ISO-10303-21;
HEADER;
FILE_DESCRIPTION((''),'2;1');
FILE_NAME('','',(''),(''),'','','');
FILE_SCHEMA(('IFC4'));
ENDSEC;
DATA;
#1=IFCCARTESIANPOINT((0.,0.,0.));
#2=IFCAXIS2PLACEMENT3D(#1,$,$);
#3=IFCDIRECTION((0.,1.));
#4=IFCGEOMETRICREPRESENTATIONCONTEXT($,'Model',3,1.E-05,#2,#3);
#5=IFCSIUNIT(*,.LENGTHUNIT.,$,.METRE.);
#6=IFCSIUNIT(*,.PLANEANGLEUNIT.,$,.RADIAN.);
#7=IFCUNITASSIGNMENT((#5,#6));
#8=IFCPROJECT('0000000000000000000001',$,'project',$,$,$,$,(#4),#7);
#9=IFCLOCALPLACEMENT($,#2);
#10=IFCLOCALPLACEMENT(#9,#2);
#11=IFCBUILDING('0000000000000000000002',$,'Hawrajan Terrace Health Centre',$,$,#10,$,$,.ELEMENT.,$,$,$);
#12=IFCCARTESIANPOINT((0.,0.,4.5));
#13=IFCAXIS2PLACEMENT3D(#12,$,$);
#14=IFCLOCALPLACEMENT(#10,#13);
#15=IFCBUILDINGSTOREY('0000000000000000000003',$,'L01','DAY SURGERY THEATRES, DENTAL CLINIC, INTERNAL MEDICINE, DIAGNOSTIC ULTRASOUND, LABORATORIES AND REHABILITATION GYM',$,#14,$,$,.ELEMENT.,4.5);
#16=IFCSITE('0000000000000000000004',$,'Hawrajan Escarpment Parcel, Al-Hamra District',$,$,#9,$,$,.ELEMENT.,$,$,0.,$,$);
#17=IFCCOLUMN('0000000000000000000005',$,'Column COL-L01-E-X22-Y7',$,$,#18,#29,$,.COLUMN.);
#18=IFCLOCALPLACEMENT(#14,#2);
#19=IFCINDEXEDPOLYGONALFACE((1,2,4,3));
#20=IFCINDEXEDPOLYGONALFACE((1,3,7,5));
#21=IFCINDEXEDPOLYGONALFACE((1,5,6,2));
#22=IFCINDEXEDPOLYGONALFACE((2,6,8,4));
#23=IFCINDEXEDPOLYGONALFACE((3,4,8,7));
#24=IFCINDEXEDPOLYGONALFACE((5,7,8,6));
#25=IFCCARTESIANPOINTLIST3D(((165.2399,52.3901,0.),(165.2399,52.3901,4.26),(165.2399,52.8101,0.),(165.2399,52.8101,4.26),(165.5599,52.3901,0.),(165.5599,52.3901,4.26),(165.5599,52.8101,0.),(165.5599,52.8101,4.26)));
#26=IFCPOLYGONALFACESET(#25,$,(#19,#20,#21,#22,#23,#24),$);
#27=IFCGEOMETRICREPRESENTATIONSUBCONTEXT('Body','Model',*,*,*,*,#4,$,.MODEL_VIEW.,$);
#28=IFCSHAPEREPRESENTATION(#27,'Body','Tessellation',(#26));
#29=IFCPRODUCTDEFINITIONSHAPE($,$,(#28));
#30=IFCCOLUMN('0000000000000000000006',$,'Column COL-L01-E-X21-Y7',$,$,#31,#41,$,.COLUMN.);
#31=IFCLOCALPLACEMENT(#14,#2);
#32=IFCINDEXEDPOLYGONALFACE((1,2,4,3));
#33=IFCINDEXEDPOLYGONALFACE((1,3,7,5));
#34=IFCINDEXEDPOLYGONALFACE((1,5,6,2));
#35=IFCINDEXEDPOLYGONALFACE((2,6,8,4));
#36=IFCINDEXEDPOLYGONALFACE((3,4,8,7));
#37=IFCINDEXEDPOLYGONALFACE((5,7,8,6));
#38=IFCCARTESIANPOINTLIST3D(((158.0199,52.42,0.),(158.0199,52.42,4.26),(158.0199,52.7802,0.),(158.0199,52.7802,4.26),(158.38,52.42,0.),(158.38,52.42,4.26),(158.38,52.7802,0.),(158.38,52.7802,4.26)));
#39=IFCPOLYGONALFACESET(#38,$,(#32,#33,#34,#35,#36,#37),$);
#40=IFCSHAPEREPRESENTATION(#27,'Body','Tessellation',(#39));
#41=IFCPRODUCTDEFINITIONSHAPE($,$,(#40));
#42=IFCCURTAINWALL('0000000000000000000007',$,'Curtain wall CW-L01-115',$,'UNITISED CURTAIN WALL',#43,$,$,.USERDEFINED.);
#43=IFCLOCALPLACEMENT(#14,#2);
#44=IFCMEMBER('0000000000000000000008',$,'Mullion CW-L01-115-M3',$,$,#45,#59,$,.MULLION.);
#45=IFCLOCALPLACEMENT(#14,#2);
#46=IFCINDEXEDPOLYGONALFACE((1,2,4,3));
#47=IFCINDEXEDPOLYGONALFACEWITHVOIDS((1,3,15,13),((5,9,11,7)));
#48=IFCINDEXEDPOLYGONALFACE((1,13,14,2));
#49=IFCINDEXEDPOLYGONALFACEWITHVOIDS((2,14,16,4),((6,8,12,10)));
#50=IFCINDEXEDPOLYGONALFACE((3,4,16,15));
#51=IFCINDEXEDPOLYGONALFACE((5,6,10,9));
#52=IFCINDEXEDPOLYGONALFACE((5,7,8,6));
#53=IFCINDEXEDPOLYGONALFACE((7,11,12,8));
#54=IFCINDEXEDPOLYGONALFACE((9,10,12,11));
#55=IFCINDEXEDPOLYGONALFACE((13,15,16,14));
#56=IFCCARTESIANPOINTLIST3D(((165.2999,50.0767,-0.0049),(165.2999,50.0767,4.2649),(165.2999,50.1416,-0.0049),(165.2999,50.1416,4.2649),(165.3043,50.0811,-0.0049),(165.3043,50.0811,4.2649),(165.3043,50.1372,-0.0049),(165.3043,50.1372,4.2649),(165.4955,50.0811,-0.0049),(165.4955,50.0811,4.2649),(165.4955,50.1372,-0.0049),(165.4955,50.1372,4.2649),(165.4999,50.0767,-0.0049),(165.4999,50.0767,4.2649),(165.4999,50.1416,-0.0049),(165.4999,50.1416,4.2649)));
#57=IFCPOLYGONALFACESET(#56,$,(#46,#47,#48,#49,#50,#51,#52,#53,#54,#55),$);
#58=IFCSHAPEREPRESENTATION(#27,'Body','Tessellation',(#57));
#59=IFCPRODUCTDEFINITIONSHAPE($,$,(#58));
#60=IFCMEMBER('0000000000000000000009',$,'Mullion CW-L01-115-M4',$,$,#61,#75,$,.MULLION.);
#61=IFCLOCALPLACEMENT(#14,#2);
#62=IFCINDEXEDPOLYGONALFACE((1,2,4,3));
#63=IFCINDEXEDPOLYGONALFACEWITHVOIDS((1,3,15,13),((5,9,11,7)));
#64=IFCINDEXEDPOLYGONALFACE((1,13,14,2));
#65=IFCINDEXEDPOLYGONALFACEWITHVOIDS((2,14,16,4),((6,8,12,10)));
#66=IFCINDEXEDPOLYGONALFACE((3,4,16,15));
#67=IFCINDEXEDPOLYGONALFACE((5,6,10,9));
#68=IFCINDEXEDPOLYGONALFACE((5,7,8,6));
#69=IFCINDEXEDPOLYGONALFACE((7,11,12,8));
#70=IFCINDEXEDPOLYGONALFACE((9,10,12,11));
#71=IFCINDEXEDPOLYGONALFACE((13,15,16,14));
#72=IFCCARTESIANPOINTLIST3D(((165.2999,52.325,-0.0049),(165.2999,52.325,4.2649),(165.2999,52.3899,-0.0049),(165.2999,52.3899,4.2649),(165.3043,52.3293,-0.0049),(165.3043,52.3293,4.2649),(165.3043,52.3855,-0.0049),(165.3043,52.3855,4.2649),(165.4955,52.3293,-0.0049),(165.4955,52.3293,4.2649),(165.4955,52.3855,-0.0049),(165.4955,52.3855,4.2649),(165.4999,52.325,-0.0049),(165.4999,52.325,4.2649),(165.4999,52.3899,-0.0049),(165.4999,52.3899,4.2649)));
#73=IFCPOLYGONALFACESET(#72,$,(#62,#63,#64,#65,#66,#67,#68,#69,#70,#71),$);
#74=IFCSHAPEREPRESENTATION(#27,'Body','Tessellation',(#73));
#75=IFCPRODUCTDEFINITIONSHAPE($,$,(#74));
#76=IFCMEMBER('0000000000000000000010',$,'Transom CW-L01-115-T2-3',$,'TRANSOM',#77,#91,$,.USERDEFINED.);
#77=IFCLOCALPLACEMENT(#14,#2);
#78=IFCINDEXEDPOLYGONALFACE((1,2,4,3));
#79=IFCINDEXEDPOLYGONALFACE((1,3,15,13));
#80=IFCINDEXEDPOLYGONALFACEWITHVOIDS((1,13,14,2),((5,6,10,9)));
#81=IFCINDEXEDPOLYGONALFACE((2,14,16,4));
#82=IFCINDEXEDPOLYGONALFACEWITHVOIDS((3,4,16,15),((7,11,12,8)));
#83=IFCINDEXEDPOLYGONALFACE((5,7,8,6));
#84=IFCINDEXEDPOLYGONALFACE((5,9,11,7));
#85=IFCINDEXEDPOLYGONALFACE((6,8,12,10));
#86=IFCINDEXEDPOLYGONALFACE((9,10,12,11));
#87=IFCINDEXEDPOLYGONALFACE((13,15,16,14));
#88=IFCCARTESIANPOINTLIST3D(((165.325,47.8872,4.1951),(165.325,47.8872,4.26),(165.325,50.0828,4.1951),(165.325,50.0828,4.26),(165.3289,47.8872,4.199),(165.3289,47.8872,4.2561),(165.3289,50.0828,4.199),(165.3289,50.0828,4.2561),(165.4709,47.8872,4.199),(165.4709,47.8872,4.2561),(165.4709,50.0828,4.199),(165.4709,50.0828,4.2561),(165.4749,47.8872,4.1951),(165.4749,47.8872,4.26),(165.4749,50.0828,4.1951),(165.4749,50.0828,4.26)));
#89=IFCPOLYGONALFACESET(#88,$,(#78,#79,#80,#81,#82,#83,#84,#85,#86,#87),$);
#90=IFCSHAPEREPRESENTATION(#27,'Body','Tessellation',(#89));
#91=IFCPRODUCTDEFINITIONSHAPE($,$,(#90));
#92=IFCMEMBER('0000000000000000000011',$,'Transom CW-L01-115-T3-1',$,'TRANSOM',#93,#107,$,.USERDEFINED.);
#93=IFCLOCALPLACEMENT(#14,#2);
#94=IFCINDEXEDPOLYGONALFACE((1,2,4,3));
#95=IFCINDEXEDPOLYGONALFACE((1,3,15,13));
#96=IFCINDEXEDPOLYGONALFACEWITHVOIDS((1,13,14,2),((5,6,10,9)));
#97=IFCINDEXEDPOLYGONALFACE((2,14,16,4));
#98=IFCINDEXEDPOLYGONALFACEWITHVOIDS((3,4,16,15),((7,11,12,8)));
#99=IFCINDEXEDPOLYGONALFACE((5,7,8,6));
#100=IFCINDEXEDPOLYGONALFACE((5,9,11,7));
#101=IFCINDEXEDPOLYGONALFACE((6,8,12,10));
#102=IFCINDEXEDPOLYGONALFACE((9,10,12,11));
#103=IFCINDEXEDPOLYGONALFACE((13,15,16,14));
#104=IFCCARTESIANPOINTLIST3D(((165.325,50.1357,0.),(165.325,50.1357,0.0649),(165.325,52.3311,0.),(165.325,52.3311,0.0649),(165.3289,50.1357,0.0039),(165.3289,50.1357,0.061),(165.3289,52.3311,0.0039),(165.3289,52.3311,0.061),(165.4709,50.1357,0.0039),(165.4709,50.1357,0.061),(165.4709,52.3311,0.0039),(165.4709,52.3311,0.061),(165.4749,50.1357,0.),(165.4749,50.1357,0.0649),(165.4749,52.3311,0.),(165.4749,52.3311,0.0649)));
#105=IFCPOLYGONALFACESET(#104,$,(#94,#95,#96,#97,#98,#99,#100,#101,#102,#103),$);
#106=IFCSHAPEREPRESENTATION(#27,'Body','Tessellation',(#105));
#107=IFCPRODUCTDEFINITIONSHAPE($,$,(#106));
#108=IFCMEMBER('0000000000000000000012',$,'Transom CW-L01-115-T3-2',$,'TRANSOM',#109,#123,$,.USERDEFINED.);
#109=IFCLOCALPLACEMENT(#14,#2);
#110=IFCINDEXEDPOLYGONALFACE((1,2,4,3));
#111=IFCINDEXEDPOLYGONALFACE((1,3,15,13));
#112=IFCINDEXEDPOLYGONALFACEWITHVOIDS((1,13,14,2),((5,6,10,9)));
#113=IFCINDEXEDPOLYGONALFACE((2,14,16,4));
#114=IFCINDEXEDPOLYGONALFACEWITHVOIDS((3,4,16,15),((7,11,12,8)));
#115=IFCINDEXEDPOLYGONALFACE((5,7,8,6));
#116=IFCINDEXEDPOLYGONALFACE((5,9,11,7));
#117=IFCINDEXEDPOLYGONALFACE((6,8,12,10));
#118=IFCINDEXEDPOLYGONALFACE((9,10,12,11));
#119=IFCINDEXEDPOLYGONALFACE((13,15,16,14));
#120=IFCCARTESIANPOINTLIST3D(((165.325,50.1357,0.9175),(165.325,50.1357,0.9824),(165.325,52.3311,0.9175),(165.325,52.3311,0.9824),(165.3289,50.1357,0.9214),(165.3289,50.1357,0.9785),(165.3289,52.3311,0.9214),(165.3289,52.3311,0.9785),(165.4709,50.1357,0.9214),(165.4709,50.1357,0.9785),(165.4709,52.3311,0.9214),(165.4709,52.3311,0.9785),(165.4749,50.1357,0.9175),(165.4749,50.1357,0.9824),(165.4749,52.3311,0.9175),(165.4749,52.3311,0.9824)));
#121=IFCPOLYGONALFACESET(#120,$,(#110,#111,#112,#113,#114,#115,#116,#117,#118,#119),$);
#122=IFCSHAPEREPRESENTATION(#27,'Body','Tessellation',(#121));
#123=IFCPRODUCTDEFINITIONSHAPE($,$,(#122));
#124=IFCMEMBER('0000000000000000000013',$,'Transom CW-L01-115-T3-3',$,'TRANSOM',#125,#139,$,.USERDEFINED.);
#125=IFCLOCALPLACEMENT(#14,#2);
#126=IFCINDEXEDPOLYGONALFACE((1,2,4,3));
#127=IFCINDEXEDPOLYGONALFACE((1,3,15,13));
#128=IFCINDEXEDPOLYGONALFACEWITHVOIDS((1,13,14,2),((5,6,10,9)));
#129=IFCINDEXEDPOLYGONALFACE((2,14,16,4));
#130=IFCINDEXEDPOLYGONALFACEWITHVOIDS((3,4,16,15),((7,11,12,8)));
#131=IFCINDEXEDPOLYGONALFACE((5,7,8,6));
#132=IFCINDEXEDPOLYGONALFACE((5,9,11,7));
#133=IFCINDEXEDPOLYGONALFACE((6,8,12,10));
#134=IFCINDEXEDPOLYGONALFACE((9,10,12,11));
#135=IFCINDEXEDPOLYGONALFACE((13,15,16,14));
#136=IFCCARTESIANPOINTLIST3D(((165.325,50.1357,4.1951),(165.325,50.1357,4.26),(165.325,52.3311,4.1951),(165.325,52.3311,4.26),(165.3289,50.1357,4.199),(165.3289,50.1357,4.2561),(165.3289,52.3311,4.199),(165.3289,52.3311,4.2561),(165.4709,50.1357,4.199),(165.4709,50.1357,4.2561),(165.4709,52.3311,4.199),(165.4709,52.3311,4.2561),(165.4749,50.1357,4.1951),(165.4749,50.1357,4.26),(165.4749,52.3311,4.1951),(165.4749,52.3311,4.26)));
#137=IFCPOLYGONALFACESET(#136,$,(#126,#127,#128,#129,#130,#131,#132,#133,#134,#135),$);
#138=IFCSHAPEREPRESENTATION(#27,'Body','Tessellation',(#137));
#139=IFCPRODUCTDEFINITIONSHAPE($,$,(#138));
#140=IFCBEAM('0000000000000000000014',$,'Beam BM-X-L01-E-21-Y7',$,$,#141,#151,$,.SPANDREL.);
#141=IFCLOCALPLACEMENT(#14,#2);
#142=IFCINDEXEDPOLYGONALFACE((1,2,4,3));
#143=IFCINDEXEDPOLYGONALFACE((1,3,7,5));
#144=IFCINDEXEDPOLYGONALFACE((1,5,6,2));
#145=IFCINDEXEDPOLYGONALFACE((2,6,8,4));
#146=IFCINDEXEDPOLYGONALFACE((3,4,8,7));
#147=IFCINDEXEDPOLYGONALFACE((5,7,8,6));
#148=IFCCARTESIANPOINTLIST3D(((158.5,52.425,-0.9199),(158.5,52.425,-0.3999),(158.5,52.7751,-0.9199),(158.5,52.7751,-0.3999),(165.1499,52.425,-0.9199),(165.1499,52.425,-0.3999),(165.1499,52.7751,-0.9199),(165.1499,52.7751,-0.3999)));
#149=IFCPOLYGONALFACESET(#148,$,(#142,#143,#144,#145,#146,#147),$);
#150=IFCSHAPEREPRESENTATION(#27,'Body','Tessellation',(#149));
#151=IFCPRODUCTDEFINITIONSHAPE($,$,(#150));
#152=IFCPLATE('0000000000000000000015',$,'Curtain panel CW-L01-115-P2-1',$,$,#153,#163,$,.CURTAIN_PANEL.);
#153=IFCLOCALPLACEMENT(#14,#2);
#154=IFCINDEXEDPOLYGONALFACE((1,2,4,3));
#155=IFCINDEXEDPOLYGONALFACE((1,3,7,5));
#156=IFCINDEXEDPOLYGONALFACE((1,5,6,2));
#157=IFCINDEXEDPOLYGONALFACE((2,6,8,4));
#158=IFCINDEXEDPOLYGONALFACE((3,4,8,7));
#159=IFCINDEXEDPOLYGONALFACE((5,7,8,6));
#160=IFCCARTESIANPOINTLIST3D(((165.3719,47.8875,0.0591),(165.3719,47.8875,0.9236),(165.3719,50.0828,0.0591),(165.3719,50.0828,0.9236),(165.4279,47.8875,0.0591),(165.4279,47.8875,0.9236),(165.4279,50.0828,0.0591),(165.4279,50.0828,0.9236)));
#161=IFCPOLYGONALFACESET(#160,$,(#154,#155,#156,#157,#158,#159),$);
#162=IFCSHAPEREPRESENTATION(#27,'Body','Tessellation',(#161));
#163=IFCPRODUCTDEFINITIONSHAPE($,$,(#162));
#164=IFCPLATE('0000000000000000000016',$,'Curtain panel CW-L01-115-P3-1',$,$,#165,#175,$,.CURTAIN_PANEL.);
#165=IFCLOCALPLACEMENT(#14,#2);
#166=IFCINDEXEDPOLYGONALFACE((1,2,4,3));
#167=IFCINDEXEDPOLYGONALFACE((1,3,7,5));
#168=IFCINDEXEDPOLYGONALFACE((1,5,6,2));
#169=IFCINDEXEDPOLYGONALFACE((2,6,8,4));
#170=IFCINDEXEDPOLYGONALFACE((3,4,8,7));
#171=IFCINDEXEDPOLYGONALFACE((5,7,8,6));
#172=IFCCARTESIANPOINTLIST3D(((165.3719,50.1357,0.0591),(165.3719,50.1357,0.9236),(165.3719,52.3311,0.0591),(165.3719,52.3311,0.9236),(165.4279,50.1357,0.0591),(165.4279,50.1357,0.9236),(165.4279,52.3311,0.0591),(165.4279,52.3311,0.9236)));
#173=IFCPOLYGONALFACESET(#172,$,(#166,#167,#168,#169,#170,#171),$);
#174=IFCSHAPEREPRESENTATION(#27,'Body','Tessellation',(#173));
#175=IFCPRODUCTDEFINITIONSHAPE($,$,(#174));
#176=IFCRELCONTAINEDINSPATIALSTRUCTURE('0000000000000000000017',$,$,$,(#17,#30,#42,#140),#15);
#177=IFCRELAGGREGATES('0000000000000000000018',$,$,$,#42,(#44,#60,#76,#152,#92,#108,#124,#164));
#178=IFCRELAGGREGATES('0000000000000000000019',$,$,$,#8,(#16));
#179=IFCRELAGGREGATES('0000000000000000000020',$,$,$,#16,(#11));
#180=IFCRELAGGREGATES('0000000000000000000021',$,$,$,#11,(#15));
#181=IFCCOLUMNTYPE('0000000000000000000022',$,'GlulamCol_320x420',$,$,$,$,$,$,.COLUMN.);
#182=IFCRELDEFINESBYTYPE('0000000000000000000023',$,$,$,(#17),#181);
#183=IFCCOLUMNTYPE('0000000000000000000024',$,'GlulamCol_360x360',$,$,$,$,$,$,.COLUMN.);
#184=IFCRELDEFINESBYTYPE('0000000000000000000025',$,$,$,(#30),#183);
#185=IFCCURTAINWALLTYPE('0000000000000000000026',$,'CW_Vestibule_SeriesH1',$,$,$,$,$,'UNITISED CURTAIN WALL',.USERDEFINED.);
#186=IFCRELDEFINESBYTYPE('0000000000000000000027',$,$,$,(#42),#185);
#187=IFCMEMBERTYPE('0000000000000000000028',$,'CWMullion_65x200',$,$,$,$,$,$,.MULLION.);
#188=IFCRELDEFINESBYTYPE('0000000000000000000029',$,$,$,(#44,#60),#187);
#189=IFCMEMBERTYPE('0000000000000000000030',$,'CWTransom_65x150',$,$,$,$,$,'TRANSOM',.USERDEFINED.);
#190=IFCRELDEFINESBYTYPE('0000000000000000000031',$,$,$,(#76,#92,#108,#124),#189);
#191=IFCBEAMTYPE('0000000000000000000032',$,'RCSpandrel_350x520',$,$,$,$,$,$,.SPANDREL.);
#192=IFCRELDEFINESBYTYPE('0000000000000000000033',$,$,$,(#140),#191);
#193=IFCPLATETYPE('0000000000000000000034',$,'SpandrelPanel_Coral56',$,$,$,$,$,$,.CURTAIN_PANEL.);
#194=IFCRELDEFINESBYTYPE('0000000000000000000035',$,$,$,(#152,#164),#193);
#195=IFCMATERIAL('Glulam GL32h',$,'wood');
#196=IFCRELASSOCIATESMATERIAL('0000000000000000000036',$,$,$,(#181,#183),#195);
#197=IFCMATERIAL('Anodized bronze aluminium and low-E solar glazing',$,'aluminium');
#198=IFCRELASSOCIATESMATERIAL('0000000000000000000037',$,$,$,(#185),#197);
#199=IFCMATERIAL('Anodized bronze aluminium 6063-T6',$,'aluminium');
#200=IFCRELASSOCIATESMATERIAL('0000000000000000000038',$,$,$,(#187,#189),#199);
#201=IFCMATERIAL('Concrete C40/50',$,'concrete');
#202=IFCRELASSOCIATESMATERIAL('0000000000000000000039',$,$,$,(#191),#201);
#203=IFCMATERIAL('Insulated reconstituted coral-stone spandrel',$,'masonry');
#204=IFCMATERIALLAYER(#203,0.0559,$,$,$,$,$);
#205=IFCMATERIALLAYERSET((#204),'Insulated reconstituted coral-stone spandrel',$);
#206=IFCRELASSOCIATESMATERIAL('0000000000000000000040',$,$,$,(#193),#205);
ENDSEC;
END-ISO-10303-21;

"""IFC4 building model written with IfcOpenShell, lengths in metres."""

from ifc_helpers import new_model, si_unit, direction, frame, origin, origin_2d, place, context, subcontext, project, spatial, rectangle, hollow_rectangle, extrude, material, layer, layer_set, material_profile, profile_set, type_object, element, aggregate, save


model = new_model("IFC4")

# Units and contexts
model_context = context("Model", 3, precision=1e-05, world=origin(), true_north=direction((0.0, 1.0)))
body_context = subcontext(model_context, "Body", "Model", "MODEL_VIEW")
ifc_project = project(units=[si_unit("LENGTHUNIT", "METRE"), si_unit("PLANEANGLEUNIT", "RADIAN")], contexts=[model_context])

# Site, building, storey
site_placement = place(None, origin())
site = spatial("IfcSite", under=ifc_project, at=site_placement, Name="Hawrajan Escarpment Parcel, Al-Hamra District", CompositionType="ELEMENT", RefElevation=0.0)
building_placement = place(site_placement, origin())
building = spatial("IfcBuilding", under=site, at=building_placement, Name="Hawrajan Terrace Health Centre", CompositionType="ELEMENT")
storey_placement = place(building_placement, frame((0.0, 0.0, 4.5)))
storey = spatial("IfcBuildingStorey", under=building, at=storey_placement, Name="L01", Description="DAY SURGERY THEATRES, DENTAL CLINIC, INTERNAL MEDICINE, DIAGNOSTIC ULTRASOUND, LABORATORIES AND REHABILITATION GYM", CompositionType="ELEMENT", Elevation=4.5)

# Columns
ifc_material_1 = material(Name="Glulam GL32h", Category="wood")
ifc_material_profile_1 = material_profile(ifc_material_1, rectangle(XDim=0.3201, YDim=0.4199, at=origin_2d()), Name="GL 320x420")
ifc_profile_set_1 = profile_set([ifc_material_profile_1], Name="Glulam GL32h")
column_type_1 = type_object("IfcColumnType", Name="GlulamCol_320x420", PredefinedType="COLUMN", material=ifc_profile_set_1)
column_1_placement = place(storey_placement, frame((165.3999, 52.6001, 0.0), z_axis=(0.0, 0.0, 1.0), x_axis=(1.0, 0.0, 0.0)))
element("IfcColumn", 1, at=column_1_placement, inside=storey, type_object=column_type_1, Name="Column COL-L01-E-X22-Y7", PredefinedType="COLUMN", context=body_context, shape_type="SweptSolid", body=[
    extrude(rectangle(XDim=0.3201, YDim=0.4199, at=origin_2d()), origin(), (0.0, 0.0, 1.0), 4.26),
])
ifc_material_profile_2 = material_profile(ifc_material_1, rectangle(XDim=0.3601, YDim=0.3601, at=origin_2d()), Name="GL 360x360")
ifc_profile_set_2 = profile_set([ifc_material_profile_2], Name="Glulam GL32h")
column_type_2 = type_object("IfcColumnType", Name="GlulamCol_360x360", PredefinedType="COLUMN", material=ifc_profile_set_2)
column_2_placement = place(storey_placement, frame((158.2, 52.6001, 0.0), z_axis=(0.0, 0.0, 1.0), x_axis=(1.0, 0.0, 0.0)))
element("IfcColumn", 2, at=column_2_placement, inside=storey, type_object=column_type_2, Name="Column COL-L01-E-X21-Y7", PredefinedType="COLUMN", context=body_context, shape_type="SweptSolid", body=[
    extrude(rectangle(XDim=0.3601, YDim=0.3601, at=origin_2d()), origin(), (0.0, 0.0, 1.0), 4.26),
])

# Curtain wall, members
ifc_material_2 = material(Name="Anodized bronze aluminium and low-E solar glazing", Category="aluminium")
curtain_wall_type = type_object("IfcCurtainWallType", Name="CW_Vestibule_SeriesH1", ElementType="UNITISED CURTAIN WALL", PredefinedType="USERDEFINED", material=ifc_material_2)
curtain_wall_placement = place(storey_placement, origin())
curtain_wall = element("IfcCurtainWall", 3, at=curtain_wall_placement, inside=storey, type_object=curtain_wall_type, Name="Curtain wall CW-L01-115", ObjectType="UNITISED CURTAIN WALL", PredefinedType="USERDEFINED")
ifc_material_3 = material(Name="Anodized bronze aluminium 6063-T6", Category="aluminium")
ifc_material_profile_3 = material_profile(ifc_material_3, hollow_rectangle(XDim=0.0649, YDim=0.2, WallThickness=0.0044, at=origin_2d()), Name="CW MUL 65x200")
ifc_profile_set_3 = profile_set([ifc_material_profile_3], Name="Anodized bronze aluminium 6063-T6")
member_type_1 = type_object("IfcMemberType", Name="CWMullion_65x200", PredefinedType="MULLION", material=ifc_profile_set_3)
member_1_placement = place(storey_placement, frame((165.3999, 50.1091, -0.0049), z_axis=(0.0, 0.0, 1.0), x_axis=(0.0, 1.0, 0.0)))
member_1 = element("IfcMember", 4, at=member_1_placement, type_object=member_type_1, Name="Mullion CW-L01-115-M3", PredefinedType="MULLION", context=body_context, shape_type="SweptSolid", body=[
    extrude(hollow_rectangle(XDim=0.0649, YDim=0.2, WallThickness=0.0044, at=origin_2d()), origin(), (0.0, 0.0, 1.0), 4.2698),
])
member_2_placement = place(storey_placement, frame((165.3999, 52.3574, -0.0049), z_axis=(0.0, 0.0, 1.0), x_axis=(0.0, 1.0, 0.0)))
member_2 = element("IfcMember", 5, at=member_2_placement, type_object=member_type_1, Name="Mullion CW-L01-115-M4", PredefinedType="MULLION", context=body_context, shape_type="SweptSolid", body=[
    extrude(hollow_rectangle(XDim=0.0649, YDim=0.2, WallThickness=0.0044, at=origin_2d()), origin(), (0.0, 0.0, 1.0), 4.2698),
])
ifc_material_profile_4 = material_profile(ifc_material_3, hollow_rectangle(XDim=0.0649, YDim=0.1499, WallThickness=0.0039, at=origin_2d()), Name="CW TRN 65x150")
ifc_profile_set_4 = profile_set([ifc_material_profile_4], Name="Anodized bronze aluminium 6063-T6")
member_type_2 = type_object("IfcMemberType", Name="CWTransom_65x150", ElementType="TRANSOM", PredefinedType="USERDEFINED", material=ifc_profile_set_4)
member_3_placement = place(storey_placement, frame((165.3999, 47.8872, 4.2275), z_axis=(0.0, 1.0, 0.0), x_axis=(0.0, 0.0, 1.0)))
member_3 = element("IfcMember", 6, at=member_3_placement, type_object=member_type_2, Name="Transom CW-L01-115-T2-3", ObjectType="TRANSOM", PredefinedType="USERDEFINED", context=body_context, shape_type="SweptSolid", body=[
    extrude(hollow_rectangle(XDim=0.0649, YDim=0.1499, WallThickness=0.0039, at=origin_2d()), origin(), (0.0, 0.0, 1.0), 2.1956),
])
member_4_placement = place(storey_placement, frame((165.3999, 50.1357, 0.0325), z_axis=(0.0, 1.0, 0.0), x_axis=(0.0, 0.0, 1.0)))
member_4 = element("IfcMember", 7, at=member_4_placement, type_object=member_type_2, Name="Transom CW-L01-115-T3-1", ObjectType="TRANSOM", PredefinedType="USERDEFINED", context=body_context, shape_type="SweptSolid", body=[
    extrude(hollow_rectangle(XDim=0.0649, YDim=0.1499, WallThickness=0.0039, at=origin_2d()), origin(), (0.0, 0.0, 1.0), 2.1953),
])
member_5_placement = place(storey_placement, frame((165.3999, 50.1357, 0.95), z_axis=(0.0, 1.0, 0.0), x_axis=(0.0, 0.0, 1.0)))
member_5 = element("IfcMember", 8, at=member_5_placement, type_object=member_type_2, Name="Transom CW-L01-115-T3-2", ObjectType="TRANSOM", PredefinedType="USERDEFINED", context=body_context, shape_type="SweptSolid", body=[
    extrude(hollow_rectangle(XDim=0.0649, YDim=0.1499, WallThickness=0.0039, at=origin_2d()), origin(), (0.0, 0.0, 1.0), 2.1953),
])
member_6_placement = place(storey_placement, frame((165.3999, 50.1357, 4.2275), z_axis=(0.0, 1.0, 0.0), x_axis=(0.0, 0.0, 1.0)))
member_6 = element("IfcMember", 9, at=member_6_placement, type_object=member_type_2, Name="Transom CW-L01-115-T3-3", ObjectType="TRANSOM", PredefinedType="USERDEFINED", context=body_context, shape_type="SweptSolid", body=[
    extrude(hollow_rectangle(XDim=0.0649, YDim=0.1499, WallThickness=0.0039, at=origin_2d()), origin(), (0.0, 0.0, 1.0), 2.1953),
])

# Beam
ifc_material_4 = material(Name="Concrete C40/50", Category="concrete")
ifc_material_profile_5 = material_profile(ifc_material_4, rectangle(XDim=0.3501, YDim=0.52, at=origin_2d()), Name="RC SP 350x520")
ifc_profile_set_5 = profile_set([ifc_material_profile_5], Name="Concrete C40/50")
beam_type = type_object("IfcBeamType", Name="RCSpandrel_350x520", PredefinedType="SPANDREL", material=ifc_profile_set_5)
beam_placement = place(storey_placement, frame((158.5, 52.6001, -0.6599), z_axis=(1.0, 0.0, 0.0), x_axis=(0.0, 1.0, 0.0)))
element("IfcBeam", 10, at=beam_placement, inside=storey, type_object=beam_type, Name="Beam BM-X-L01-E-21-Y7", PredefinedType="SPANDREL", context=body_context, shape_type="SweptSolid", body=[
    extrude(rectangle(XDim=0.3501, YDim=0.52, at=origin_2d()), origin(), (0.0, 0.0, 1.0), 6.6499),
])

# Plates
ifc_material_5 = material(Name="Insulated reconstituted coral-stone spandrel", Category="masonry")
ifc_layer_1 = layer(ifc_material_5, 0.0559)
ifc_layer_set_1 = layer_set([ifc_layer_1], Name="Insulated reconstituted coral-stone spandrel")
plate_type_1 = type_object("IfcPlateType", Name="SpandrelPanel_Coral56", PredefinedType="CURTAIN_PANEL", material=ifc_layer_set_1)
plate_1_placement = place(storey_placement, frame((165.3999, 48.9851, 0.0591), z_axis=(0.0, 0.0, 1.0), x_axis=(0.0, 1.0, 0.0)))
plate_1 = element("IfcPlate", 11, at=plate_1_placement, type_object=plate_type_1, Name="Curtain panel CW-L01-115-P2-1", PredefinedType="CURTAIN_PANEL", context=body_context, shape_type="SweptSolid", body=[
    extrude(rectangle(XDim=2.1953, YDim=0.0559, at=origin_2d()), origin(), (0.0, 0.0, 1.0), 0.8645),
])
plate_2_placement = place(storey_placement, frame((165.3999, 51.2334, 0.0591), z_axis=(0.0, 0.0, 1.0), x_axis=(0.0, 1.0, 0.0)))
plate_2 = element("IfcPlate", 12, at=plate_2_placement, type_object=plate_type_1, Name="Curtain panel CW-L01-115-P3-1", PredefinedType="CURTAIN_PANEL", context=body_context, shape_type="SweptSolid", body=[
    extrude(rectangle(XDim=2.1953, YDim=0.0559, at=origin_2d()), origin(), (0.0, 0.0, 1.0), 0.8645),
])
aggregate(curtain_wall, [member_1, member_2, member_3, plate_1, member_4, member_5, member_6, plate_2])

save(model, "model.ifc")
